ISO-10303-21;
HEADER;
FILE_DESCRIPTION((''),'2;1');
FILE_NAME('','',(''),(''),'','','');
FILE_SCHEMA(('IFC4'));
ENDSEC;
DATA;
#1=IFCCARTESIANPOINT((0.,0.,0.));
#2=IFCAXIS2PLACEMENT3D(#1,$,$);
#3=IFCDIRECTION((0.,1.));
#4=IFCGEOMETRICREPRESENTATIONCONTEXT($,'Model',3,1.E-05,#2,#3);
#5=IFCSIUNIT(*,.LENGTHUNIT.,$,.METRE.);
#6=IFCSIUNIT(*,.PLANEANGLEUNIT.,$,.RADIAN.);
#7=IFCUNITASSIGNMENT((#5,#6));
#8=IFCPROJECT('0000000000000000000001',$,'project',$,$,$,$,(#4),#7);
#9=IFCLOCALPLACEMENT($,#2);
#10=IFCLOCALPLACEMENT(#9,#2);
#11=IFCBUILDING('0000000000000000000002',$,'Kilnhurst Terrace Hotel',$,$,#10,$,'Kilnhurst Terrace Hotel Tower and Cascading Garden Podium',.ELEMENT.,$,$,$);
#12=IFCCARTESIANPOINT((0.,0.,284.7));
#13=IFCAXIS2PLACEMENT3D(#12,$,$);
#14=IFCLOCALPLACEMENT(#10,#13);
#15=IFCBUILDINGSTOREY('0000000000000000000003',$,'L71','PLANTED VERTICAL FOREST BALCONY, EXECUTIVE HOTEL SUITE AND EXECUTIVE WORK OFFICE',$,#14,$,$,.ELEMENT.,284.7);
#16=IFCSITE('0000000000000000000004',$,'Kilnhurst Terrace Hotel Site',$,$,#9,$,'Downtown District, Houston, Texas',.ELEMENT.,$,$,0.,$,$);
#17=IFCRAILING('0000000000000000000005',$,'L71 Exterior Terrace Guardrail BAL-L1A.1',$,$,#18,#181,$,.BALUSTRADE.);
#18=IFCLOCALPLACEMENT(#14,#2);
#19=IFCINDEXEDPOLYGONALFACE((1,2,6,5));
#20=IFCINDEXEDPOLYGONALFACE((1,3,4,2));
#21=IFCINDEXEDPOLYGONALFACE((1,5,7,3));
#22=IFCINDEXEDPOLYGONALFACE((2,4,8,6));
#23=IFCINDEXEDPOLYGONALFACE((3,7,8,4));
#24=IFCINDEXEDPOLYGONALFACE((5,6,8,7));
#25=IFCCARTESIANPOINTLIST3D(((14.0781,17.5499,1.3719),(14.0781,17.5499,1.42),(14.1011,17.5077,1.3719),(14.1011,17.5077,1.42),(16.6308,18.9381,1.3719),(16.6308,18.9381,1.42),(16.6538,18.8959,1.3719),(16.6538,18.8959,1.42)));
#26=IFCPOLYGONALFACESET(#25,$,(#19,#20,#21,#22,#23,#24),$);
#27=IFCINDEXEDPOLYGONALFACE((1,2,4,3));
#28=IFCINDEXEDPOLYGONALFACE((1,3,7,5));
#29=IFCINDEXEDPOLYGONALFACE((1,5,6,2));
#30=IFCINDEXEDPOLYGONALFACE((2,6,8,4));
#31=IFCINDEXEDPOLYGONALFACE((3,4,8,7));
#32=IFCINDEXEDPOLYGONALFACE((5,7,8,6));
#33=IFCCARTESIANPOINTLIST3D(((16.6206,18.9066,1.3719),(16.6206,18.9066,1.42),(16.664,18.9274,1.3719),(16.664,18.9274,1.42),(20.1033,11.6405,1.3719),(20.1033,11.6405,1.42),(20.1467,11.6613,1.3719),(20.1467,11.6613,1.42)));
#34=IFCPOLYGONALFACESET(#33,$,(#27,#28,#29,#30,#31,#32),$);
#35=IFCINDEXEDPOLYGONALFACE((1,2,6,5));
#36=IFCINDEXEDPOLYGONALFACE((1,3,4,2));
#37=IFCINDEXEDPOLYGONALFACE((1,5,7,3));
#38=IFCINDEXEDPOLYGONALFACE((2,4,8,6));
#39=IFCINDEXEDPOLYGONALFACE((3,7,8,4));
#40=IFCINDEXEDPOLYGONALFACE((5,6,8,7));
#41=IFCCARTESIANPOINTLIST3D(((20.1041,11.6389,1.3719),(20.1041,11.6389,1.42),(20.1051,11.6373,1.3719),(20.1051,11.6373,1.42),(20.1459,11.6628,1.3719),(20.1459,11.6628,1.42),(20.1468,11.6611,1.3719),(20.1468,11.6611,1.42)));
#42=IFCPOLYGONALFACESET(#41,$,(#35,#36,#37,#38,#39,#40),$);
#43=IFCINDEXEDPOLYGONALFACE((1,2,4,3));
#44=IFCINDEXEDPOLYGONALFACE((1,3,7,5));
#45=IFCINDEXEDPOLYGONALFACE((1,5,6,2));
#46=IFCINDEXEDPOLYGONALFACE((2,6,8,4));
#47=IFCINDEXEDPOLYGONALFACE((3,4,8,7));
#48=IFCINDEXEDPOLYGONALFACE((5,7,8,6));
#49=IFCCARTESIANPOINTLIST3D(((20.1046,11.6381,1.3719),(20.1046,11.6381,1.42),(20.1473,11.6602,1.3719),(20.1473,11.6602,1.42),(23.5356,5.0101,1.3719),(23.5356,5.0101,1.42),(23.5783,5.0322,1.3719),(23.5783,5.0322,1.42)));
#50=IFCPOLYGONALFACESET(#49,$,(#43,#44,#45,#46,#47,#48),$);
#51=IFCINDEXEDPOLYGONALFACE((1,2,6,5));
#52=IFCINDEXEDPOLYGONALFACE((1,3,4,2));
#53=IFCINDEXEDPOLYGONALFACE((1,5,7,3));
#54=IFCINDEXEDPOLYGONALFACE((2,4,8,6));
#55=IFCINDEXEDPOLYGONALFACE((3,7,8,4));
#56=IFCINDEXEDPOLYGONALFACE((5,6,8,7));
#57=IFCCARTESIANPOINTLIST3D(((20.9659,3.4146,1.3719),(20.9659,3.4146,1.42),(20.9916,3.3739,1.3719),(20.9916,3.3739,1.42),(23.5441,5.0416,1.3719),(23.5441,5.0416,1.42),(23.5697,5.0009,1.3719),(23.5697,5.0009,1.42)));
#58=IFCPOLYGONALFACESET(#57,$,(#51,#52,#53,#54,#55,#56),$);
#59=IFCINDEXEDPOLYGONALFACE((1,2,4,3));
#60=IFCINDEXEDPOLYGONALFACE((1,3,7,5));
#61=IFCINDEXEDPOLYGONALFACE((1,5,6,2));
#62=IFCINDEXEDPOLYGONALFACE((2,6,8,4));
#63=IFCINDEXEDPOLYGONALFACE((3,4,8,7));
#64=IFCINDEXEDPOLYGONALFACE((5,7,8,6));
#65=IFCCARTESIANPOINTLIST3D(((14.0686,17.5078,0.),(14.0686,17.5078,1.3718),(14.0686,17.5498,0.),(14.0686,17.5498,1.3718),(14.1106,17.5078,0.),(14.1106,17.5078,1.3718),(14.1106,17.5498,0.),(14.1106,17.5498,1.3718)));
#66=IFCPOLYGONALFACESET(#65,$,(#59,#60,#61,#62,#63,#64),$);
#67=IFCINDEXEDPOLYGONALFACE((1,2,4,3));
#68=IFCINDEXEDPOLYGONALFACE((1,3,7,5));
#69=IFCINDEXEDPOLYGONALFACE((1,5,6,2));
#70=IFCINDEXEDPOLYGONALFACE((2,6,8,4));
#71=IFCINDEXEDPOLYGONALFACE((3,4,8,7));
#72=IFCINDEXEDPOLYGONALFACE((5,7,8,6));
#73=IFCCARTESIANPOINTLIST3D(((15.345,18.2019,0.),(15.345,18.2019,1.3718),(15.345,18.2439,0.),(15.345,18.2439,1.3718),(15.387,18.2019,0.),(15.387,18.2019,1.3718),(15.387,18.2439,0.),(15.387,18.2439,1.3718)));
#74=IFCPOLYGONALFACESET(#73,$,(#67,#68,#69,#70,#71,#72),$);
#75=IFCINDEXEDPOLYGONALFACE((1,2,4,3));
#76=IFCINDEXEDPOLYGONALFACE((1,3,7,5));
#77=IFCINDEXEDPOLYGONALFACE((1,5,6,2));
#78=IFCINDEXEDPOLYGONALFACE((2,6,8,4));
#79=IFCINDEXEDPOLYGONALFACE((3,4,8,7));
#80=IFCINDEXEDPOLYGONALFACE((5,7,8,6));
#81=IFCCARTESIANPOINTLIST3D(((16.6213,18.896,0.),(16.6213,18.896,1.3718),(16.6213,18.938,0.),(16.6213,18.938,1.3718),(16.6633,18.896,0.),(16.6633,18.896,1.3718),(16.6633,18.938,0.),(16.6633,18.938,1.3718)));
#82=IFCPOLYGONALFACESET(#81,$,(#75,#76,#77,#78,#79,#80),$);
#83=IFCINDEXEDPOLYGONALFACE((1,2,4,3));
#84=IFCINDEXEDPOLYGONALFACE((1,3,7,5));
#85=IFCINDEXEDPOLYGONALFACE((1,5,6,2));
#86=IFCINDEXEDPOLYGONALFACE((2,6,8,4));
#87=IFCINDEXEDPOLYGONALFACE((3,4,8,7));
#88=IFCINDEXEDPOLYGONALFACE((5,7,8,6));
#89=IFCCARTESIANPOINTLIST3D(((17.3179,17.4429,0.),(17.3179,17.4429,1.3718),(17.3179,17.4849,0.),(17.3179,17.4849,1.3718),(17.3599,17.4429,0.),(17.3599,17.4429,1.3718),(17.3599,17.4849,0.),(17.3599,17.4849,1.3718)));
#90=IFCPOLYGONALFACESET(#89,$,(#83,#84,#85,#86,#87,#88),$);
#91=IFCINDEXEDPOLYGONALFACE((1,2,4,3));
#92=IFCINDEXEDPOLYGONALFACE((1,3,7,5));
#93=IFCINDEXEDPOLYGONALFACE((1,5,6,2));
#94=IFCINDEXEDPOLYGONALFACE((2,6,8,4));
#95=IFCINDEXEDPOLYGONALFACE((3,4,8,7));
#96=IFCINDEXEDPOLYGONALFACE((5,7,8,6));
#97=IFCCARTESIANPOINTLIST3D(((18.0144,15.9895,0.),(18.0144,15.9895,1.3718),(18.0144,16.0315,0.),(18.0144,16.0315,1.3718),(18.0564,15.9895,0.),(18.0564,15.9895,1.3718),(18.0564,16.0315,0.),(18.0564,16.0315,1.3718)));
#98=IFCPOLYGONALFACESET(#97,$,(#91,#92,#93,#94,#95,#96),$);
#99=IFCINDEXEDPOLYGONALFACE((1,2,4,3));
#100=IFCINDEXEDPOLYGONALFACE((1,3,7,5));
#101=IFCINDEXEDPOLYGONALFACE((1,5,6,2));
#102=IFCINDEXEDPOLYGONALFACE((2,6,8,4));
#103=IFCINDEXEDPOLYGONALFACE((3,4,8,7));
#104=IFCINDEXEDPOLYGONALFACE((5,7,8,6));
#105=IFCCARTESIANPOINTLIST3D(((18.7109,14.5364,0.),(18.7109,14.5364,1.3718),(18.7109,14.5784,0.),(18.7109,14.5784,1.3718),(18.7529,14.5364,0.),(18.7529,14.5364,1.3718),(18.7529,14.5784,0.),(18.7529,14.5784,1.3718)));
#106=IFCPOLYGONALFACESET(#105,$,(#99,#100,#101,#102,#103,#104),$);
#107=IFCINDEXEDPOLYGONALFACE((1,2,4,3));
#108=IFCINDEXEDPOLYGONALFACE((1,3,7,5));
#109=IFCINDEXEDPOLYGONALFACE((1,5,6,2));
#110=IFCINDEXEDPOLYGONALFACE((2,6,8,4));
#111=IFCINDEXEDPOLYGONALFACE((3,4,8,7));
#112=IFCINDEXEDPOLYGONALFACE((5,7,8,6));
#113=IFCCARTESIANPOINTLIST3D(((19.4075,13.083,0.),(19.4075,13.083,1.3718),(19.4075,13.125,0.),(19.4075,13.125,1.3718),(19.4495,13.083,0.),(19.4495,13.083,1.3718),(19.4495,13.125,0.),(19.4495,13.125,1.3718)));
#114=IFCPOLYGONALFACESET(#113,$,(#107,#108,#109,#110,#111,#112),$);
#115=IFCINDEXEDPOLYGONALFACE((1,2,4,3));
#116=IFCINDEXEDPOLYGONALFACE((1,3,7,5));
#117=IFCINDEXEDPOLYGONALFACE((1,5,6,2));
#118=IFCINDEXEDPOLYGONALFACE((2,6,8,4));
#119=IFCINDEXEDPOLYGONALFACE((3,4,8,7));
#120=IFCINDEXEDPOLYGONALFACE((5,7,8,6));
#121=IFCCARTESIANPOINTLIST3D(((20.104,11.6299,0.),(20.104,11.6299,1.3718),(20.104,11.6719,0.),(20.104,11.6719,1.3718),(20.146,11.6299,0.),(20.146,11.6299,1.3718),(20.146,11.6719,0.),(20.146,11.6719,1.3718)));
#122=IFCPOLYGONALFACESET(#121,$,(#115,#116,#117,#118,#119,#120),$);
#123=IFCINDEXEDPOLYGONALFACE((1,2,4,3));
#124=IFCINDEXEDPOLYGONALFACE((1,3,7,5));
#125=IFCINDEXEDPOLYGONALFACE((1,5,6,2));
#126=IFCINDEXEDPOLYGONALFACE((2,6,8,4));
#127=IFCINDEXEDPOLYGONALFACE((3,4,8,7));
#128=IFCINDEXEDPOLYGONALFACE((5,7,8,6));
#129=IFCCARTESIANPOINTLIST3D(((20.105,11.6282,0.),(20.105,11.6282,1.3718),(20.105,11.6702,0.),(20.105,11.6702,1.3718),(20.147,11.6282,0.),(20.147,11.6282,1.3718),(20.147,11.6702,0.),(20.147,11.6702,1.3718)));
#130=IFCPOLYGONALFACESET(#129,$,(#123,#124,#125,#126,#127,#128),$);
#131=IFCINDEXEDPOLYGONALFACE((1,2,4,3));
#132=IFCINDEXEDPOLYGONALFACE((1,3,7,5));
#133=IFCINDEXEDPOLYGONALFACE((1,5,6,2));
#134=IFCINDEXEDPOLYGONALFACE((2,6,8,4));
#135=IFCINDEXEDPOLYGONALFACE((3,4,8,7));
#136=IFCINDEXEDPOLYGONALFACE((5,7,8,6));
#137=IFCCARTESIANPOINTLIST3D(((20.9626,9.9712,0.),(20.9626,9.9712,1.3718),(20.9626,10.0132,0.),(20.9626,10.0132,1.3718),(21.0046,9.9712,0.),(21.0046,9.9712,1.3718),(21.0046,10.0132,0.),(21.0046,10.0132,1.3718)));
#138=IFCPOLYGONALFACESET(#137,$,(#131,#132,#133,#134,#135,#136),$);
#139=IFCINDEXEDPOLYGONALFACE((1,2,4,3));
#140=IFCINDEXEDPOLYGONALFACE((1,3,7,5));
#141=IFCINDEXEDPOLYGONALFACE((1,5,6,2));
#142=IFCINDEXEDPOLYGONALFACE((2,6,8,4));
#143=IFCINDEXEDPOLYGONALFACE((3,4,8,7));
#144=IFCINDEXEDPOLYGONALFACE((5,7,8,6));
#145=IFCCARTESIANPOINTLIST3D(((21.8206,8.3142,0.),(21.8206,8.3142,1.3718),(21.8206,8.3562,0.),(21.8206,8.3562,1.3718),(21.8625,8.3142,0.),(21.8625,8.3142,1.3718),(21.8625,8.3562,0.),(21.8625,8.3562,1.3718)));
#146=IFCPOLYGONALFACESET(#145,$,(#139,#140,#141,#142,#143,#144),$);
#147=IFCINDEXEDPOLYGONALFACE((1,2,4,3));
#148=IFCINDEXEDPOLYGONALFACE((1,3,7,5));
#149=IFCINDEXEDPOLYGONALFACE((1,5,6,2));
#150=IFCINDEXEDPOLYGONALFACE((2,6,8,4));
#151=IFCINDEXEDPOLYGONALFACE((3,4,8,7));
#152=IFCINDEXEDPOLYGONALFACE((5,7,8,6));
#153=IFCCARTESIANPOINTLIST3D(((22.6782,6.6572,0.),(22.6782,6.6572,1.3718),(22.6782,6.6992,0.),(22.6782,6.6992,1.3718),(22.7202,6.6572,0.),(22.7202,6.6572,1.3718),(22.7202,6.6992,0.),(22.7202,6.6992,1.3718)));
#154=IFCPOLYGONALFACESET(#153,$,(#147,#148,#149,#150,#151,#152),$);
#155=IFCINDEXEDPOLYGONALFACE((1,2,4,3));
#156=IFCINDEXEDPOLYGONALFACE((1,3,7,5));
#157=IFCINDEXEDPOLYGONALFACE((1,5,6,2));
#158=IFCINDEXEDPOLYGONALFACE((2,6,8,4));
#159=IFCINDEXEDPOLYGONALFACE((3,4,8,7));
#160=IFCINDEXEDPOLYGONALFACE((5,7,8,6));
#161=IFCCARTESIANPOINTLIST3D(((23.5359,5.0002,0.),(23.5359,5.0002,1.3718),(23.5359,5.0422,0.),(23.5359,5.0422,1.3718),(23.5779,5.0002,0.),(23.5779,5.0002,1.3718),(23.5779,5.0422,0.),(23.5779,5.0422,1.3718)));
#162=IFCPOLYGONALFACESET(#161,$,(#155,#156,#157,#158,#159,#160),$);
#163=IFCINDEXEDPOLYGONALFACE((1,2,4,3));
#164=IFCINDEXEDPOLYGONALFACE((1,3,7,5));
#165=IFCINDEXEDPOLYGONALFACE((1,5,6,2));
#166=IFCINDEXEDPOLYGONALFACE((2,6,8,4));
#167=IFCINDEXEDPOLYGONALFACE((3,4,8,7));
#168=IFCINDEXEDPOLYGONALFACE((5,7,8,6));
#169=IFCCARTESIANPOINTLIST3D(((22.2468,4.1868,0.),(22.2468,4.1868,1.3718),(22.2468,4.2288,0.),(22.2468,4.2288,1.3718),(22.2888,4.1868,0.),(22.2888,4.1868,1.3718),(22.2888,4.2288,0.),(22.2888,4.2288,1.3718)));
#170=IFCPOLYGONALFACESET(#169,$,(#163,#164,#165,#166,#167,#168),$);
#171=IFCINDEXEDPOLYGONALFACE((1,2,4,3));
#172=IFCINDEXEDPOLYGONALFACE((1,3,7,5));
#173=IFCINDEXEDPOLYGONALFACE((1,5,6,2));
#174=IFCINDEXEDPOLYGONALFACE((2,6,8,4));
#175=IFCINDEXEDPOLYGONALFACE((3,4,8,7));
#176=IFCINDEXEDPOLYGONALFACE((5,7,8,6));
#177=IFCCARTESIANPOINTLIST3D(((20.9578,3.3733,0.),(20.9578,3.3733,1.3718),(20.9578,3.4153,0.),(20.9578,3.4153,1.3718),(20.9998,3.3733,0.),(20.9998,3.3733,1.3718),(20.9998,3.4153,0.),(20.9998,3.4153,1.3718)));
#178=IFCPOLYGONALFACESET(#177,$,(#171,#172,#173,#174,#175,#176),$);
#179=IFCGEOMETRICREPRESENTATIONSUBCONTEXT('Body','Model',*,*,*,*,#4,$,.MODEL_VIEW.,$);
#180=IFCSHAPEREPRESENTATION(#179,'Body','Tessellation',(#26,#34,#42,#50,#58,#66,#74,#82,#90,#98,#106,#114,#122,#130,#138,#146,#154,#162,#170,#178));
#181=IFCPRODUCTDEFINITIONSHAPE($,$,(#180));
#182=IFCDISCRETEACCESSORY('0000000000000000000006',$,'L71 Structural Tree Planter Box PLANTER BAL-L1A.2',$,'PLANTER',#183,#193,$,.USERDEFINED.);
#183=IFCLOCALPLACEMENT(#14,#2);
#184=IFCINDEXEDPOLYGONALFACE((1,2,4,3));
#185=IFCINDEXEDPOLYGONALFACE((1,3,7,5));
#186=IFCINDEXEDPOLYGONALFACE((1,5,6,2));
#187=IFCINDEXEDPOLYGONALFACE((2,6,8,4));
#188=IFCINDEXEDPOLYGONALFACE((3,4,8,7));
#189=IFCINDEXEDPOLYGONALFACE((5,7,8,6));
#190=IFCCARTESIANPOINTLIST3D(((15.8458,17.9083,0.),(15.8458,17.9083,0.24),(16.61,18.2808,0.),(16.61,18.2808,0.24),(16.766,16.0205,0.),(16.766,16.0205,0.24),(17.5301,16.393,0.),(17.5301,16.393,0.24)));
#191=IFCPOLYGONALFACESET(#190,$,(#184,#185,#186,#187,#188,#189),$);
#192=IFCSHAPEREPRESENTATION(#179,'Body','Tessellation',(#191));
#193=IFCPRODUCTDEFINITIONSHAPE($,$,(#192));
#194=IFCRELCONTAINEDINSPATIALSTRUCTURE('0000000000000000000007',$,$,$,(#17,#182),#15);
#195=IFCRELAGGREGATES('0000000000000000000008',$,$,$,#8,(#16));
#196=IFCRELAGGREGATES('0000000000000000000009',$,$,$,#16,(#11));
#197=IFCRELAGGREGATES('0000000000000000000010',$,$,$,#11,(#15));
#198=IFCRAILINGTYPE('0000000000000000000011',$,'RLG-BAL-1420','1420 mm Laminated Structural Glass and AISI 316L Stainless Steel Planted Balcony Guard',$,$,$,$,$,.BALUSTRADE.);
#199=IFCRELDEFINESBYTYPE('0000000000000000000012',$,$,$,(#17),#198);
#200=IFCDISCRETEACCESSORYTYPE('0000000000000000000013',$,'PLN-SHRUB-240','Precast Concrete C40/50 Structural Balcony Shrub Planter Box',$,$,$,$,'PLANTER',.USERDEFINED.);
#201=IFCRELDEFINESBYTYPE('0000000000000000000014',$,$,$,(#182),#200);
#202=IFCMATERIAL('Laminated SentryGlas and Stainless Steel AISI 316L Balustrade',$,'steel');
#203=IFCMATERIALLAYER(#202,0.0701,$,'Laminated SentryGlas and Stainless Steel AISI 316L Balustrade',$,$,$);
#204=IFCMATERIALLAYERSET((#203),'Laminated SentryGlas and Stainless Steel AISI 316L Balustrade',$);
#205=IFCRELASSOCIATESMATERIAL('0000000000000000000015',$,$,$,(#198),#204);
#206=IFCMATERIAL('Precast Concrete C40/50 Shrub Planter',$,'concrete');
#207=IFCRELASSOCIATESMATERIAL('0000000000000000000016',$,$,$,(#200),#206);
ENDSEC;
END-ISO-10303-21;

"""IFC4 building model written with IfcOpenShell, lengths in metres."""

from ifc_helpers import new_model, si_unit, direction, frame, origin, origin_2d, place, context, subcontext, project, spatial, rectangle, extrude, material, layer, layer_set, type_object, element, save


model = new_model("IFC4")

# Units and contexts
model_context = context("Model", 3, precision=1e-05, world=origin(), true_north=direction((0.0, 1.0)))
body_context = subcontext(model_context, "Body", "Model", "MODEL_VIEW")
ifc_project = project(units=[si_unit("LENGTHUNIT", "METRE"), si_unit("PLANEANGLEUNIT", "RADIAN")], contexts=[model_context])

# Site, building, storey
site_placement = place(None, origin())
site = spatial("IfcSite", under=ifc_project, at=site_placement, Name="Kilnhurst Terrace Hotel Site", LongName="Downtown District, Houston, Texas", CompositionType="ELEMENT", RefElevation=0.0)
building_placement = place(site_placement, origin())
building = spatial("IfcBuilding", under=site, at=building_placement, Name="Kilnhurst Terrace Hotel", LongName="Kilnhurst Terrace Hotel Tower and Cascading Garden Podium", CompositionType="ELEMENT")
storey_placement = place(building_placement, frame((0.0, 0.0, 284.7)))
storey = spatial("IfcBuildingStorey", under=building, at=storey_placement, Name="L71", Description="PLANTED VERTICAL FOREST BALCONY, EXECUTIVE HOTEL SUITE AND EXECUTIVE WORK OFFICE", CompositionType="ELEMENT", Elevation=284.7)

# Railing
ifc_material_1 = material(Name="Laminated SentryGlas and Stainless Steel AISI 316L Balustrade", Category="steel")
ifc_layer_1 = layer(ifc_material_1, 0.0701, Name="Laminated SentryGlas and Stainless Steel AISI 316L Balustrade")
ifc_layer_set_1 = layer_set([ifc_layer_1], Name="Laminated SentryGlas and Stainless Steel AISI 316L Balustrade")
railing_type = type_object("IfcRailingType", Name="RLG-BAL-1420", Description="1420 mm Laminated Structural Glass and AISI 316L Stainless Steel Planted Balcony Guard", PredefinedType="BALUSTRADE", material=ifc_layer_set_1)
railing_placement = place(storey_placement, frame((14.0896, 17.5288, 0.0)))
element("IfcRailing", 1, at=railing_placement, inside=storey, type_object=railing_type, Name="L71 Exterior Terrace Guardrail BAL-L1A.1", PredefinedType="BALUSTRADE", context=body_context, shape_type="SweptSolid", body=[
    extrude(rectangle(XDim=0.0481, YDim=0.0481, at=origin_2d()), frame((0.0, 0.0, 1.396), z_axis=(0.878505, 0.477733, 0.0), x_axis=(-0.477733, 0.878505, 0.0)), (0.0, 0.0, 1.0), 2.9058),
    extrude(rectangle(XDim=0.0481, YDim=0.0481, at=origin_2d()), frame((2.5527, 1.3882, 1.396), z_axis=(0.43222, -0.901768, 0.0), x_axis=(0.901768, 0.43222, 0.0)), (0.0, 0.0, 1.0), 8.0576),
    extrude(rectangle(XDim=0.0481, YDim=0.0481, at=origin_2d()), frame((6.0354, -5.8779, 1.396), z_axis=(0.496139, -0.868243, 0.0), x_axis=(0.868243, 0.496139, 0.0)), (0.0, 0.0, 1.0), 0.002),
    extrude(rectangle(XDim=0.0481, YDim=0.0481, at=origin_2d()), frame((6.0364, -5.8796, 1.396), z_axis=(0.459705, -0.888072, 0.0), x_axis=(0.888072, 0.459705, 0.0)), (0.0, 0.0, 1.0), 7.4634),
    extrude(rectangle(XDim=0.0481, YDim=0.0481, at=origin_2d()), frame((9.4673, -12.5076, 1.396), z_axis=(-0.845687, -0.53368, 0.0), x_axis=(0.53368, -0.845687, 0.0)), (0.0, 0.0, 1.0), 3.0486),
    extrude(rectangle(XDim=0.042, YDim=0.042, at=origin_2d()), origin(), (0.0, 0.0, 1.0), 1.3718),
    extrude(rectangle(XDim=0.042, YDim=0.042, at=origin_2d()), frame((1.2764, 0.6941, 0.0)), (0.0, 0.0, 1.0), 1.3718),
    extrude(rectangle(XDim=0.042, YDim=0.042, at=origin_2d()), frame((2.5527, 1.3882, 0.0)), (0.0, 0.0, 1.0), 1.3718),
    extrude(rectangle(XDim=0.042, YDim=0.042, at=origin_2d()), frame((3.2493, -0.0649, 0.0)), (0.0, 0.0, 1.0), 1.3718),
    extrude(rectangle(XDim=0.042, YDim=0.042, at=origin_2d()), frame((3.9458, -1.5183, 0.0)), (0.0, 0.0, 1.0), 1.3718),
    extrude(rectangle(XDim=0.042, YDim=0.042, at=origin_2d()), frame((4.6423, -2.9714, 0.0)), (0.0, 0.0, 1.0), 1.3718),
    extrude(rectangle(XDim=0.042, YDim=0.042, at=origin_2d()), frame((5.3389, -4.4248, 0.0)), (0.0, 0.0, 1.0), 1.3718),
    extrude(rectangle(XDim=0.042, YDim=0.042, at=origin_2d()), frame((6.0354, -5.8779, 0.0)), (0.0, 0.0, 1.0), 1.3718),
    extrude(rectangle(XDim=0.042, YDim=0.042, at=origin_2d()), frame((6.0364, -5.8796, 0.0)), (0.0, 0.0, 1.0), 1.3718),
    extrude(rectangle(XDim=0.042, YDim=0.042, at=origin_2d()), frame((6.894, -7.5366, 0.0)), (0.0, 0.0, 1.0), 1.3718),
    extrude(rectangle(XDim=0.042, YDim=0.042, at=origin_2d()), frame((7.752, -9.1936, 0.0)), (0.0, 0.0, 1.0), 1.3718),
    extrude(rectangle(XDim=0.042, YDim=0.042, at=origin_2d()), frame((8.6096, -10.8506, 0.0)), (0.0, 0.0, 1.0), 1.3718),
    extrude(rectangle(XDim=0.042, YDim=0.042, at=origin_2d()), frame((9.4673, -12.5076, 0.0)), (0.0, 0.0, 1.0), 1.3718),
    extrude(rectangle(XDim=0.042, YDim=0.042, at=origin_2d()), frame((8.1782, -13.321, 0.0)), (0.0, 0.0, 1.0), 1.3718),
    extrude(rectangle(XDim=0.042, YDim=0.042, at=origin_2d()), frame((6.8892, -14.1345, 0.0)), (0.0, 0.0, 1.0), 1.3718),
])

# Discrete accessory
ifc_material_2 = material(Name="Precast Concrete C40/50 Shrub Planter", Category="concrete")
discrete_accessory_type = type_object("IfcDiscreteAccessoryType", Name="PLN-SHRUB-240", Description="Precast Concrete C40/50 Structural Balcony Shrub Planter Box", ElementType="PLANTER", PredefinedType="USERDEFINED", material=ifc_material_2)
discrete_accessory_placement = place(storey_placement, frame((16.688, 17.1506, 0.0), z_axis=(0.0, 0.0, 1.0), x_axis=(-0.438136, 0.898909, 0.0)))
element("IfcDiscreteAccessory", 2, at=discrete_accessory_placement, inside=storey, type_object=discrete_accessory_type, Name="L71 Structural Tree Planter Box PLANTER BAL-L1A.2", ObjectType="PLANTER", PredefinedType="USERDEFINED", context=body_context, shape_type="SweptSolid", body=[
    extrude(rectangle(XDim=2.1001, YDim=0.8501, at=origin_2d()), origin(), (0.0, 0.0, 1.0), 0.24),
])

save(model, "model.ifc")
